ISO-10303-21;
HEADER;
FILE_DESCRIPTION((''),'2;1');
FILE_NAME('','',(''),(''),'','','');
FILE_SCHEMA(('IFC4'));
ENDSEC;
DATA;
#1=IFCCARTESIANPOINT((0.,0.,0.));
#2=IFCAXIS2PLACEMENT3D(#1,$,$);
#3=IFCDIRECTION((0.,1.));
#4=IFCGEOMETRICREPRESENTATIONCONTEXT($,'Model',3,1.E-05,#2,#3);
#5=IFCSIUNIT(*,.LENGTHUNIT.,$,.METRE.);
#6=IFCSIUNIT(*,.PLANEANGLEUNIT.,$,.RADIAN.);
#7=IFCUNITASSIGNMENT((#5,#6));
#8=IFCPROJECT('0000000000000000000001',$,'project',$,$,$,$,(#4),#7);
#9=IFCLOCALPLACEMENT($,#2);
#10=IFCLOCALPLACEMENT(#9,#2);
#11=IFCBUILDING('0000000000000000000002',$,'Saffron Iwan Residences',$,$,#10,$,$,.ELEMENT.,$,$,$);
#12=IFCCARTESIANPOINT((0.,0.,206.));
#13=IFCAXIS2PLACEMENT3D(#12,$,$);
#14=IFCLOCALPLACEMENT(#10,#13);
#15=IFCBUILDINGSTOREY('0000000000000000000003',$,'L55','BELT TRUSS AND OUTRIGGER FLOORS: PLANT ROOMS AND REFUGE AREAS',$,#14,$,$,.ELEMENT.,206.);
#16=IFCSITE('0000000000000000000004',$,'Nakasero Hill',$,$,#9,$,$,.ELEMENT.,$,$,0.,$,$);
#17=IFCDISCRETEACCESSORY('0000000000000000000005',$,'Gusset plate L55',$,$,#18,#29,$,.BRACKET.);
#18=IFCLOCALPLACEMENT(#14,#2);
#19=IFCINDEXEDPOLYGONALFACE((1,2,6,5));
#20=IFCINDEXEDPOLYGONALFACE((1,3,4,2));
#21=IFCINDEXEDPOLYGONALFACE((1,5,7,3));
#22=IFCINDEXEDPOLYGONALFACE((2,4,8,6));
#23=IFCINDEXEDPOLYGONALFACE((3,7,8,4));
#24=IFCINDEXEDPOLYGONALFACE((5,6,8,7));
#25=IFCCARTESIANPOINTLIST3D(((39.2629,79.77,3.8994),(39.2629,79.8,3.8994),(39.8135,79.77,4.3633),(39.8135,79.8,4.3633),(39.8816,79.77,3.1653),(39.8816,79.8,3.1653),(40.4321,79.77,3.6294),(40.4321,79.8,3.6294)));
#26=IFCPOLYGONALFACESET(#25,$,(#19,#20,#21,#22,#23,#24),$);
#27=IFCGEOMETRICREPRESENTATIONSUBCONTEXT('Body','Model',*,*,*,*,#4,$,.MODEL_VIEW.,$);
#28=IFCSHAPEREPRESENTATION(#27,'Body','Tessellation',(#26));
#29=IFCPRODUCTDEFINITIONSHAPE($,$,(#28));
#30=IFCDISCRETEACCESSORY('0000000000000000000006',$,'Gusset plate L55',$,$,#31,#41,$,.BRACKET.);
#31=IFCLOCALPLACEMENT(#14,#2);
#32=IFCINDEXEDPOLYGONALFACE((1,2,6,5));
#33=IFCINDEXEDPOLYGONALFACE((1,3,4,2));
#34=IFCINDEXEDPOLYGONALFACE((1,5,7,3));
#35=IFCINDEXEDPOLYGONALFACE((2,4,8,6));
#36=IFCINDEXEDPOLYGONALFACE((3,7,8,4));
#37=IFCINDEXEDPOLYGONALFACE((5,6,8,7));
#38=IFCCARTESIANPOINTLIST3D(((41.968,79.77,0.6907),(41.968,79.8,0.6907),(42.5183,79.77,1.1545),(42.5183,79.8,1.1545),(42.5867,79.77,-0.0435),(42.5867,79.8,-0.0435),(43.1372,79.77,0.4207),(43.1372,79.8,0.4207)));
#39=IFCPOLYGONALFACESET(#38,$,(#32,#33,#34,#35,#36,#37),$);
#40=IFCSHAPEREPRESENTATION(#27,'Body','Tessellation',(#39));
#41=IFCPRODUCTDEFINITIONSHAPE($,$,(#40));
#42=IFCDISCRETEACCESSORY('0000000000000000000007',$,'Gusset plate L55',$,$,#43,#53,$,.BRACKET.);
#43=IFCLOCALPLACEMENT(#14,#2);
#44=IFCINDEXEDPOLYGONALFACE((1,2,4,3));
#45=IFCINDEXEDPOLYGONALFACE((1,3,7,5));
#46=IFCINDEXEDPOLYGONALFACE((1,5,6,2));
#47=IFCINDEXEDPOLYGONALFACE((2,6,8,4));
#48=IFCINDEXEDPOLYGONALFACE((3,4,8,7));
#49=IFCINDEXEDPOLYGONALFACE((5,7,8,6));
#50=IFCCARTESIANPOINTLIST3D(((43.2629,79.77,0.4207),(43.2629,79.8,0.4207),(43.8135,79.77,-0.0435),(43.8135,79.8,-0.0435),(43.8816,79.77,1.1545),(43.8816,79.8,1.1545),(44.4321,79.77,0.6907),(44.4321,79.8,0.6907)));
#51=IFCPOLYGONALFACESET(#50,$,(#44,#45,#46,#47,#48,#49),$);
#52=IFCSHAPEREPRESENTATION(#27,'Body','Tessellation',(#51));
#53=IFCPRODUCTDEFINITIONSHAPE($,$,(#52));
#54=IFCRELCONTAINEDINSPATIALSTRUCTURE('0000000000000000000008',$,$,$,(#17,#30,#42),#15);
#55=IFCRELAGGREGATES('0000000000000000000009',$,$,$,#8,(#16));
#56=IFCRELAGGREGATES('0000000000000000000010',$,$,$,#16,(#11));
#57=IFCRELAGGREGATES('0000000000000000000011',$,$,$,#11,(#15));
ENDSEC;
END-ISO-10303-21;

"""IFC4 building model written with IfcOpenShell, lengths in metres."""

from ifc_helpers import new_model, si_unit, direction, frame, origin, place, context, subcontext, project, spatial, polyline, outline, extrude, element, save


model = new_model("IFC4")

# Units and contexts
model_context = context("Model", 3, precision=1e-05, world=origin(), true_north=direction((0.0, 1.0)))
body_context = subcontext(model_context, "Body", "Model", "MODEL_VIEW")
ifc_project = project(units=[si_unit("LENGTHUNIT", "METRE"), si_unit("PLANEANGLEUNIT", "RADIAN")], contexts=[model_context])

# Site, building, storey
site_placement = place(None, origin())
site = spatial("IfcSite", under=ifc_project, at=site_placement, Name="Nakasero Hill", CompositionType="ELEMENT", RefElevation=0.0)
building_placement = place(site_placement, origin())
building = spatial("IfcBuilding", under=site, at=building_placement, Name="Saffron Iwan Residences", CompositionType="ELEMENT")
storey_placement = place(building_placement, frame((0.0, 0.0, 206.0)))
storey = spatial("IfcBuildingStorey", under=building, at=storey_placement, Name="L55", Description="BELT TRUSS AND OUTRIGGER FLOORS: PLANT ROOMS AND REFUGE AREAS", CompositionType="ELEMENT", Elevation=206.0)

# Discrete accessories
discrete_accessory_1_placement = place(storey_placement, frame((39.8135, 79.8, 4.3633), z_axis=(0.0, 1.0, 0.0), x_axis=(0.644527, 0.0, -0.764581)))
element("IfcDiscreteAccessory", 1, at=discrete_accessory_1_placement, inside=storey, Name="Gusset plate L55", PredefinedType="BRACKET", context=body_context, shape_type="SweptSolid", body=[
    extrude(outline(polyline([(0.0, 0.0), (0.9599, 0.0), (0.9599, 0.7201), (-0.0002, 0.7199), (0.0, 0.0)])), origin(), (0.0, 0.0, -1.0), 0.03),
])
discrete_accessory_2_placement = place(storey_placement, frame((42.5867, 79.8, -0.0435), z_axis=(0.0, 1.0, 0.0), x_axis=(-0.644402, 0.0, 0.764687)))
element("IfcDiscreteAccessory", 2, at=discrete_accessory_2_placement, inside=storey, Name="Gusset plate L55", PredefinedType="BRACKET", context=body_context, shape_type="SweptSolid", body=[
    extrude(outline(polyline([(0.0, 0.0), (0.96, 0.0), (0.9601, 0.7197), (0.0001, 0.7201), (0.0, 0.0)])), origin(), (0.0, 0.0, -1.0), 0.03),
])
discrete_accessory_3_placement = place(storey_placement, frame((43.2629, 79.8, 0.4207), z_axis=(0.0, 1.0, 0.0), x_axis=(0.644527, 0.0, 0.764581)))
element("IfcDiscreteAccessory", 3, at=discrete_accessory_3_placement, inside=storey, Name="Gusset plate L55", PredefinedType="BRACKET", context=body_context, shape_type="SweptSolid", body=[
    extrude(outline(polyline([(0.0, 0.0), (0.9599, 0.0), (0.96, 0.7199), (0.0, 0.7201), (0.0, 0.0)])), origin(), (0.0, 0.0, -1.0), 0.03),
])

save(model, "model.ifc")
